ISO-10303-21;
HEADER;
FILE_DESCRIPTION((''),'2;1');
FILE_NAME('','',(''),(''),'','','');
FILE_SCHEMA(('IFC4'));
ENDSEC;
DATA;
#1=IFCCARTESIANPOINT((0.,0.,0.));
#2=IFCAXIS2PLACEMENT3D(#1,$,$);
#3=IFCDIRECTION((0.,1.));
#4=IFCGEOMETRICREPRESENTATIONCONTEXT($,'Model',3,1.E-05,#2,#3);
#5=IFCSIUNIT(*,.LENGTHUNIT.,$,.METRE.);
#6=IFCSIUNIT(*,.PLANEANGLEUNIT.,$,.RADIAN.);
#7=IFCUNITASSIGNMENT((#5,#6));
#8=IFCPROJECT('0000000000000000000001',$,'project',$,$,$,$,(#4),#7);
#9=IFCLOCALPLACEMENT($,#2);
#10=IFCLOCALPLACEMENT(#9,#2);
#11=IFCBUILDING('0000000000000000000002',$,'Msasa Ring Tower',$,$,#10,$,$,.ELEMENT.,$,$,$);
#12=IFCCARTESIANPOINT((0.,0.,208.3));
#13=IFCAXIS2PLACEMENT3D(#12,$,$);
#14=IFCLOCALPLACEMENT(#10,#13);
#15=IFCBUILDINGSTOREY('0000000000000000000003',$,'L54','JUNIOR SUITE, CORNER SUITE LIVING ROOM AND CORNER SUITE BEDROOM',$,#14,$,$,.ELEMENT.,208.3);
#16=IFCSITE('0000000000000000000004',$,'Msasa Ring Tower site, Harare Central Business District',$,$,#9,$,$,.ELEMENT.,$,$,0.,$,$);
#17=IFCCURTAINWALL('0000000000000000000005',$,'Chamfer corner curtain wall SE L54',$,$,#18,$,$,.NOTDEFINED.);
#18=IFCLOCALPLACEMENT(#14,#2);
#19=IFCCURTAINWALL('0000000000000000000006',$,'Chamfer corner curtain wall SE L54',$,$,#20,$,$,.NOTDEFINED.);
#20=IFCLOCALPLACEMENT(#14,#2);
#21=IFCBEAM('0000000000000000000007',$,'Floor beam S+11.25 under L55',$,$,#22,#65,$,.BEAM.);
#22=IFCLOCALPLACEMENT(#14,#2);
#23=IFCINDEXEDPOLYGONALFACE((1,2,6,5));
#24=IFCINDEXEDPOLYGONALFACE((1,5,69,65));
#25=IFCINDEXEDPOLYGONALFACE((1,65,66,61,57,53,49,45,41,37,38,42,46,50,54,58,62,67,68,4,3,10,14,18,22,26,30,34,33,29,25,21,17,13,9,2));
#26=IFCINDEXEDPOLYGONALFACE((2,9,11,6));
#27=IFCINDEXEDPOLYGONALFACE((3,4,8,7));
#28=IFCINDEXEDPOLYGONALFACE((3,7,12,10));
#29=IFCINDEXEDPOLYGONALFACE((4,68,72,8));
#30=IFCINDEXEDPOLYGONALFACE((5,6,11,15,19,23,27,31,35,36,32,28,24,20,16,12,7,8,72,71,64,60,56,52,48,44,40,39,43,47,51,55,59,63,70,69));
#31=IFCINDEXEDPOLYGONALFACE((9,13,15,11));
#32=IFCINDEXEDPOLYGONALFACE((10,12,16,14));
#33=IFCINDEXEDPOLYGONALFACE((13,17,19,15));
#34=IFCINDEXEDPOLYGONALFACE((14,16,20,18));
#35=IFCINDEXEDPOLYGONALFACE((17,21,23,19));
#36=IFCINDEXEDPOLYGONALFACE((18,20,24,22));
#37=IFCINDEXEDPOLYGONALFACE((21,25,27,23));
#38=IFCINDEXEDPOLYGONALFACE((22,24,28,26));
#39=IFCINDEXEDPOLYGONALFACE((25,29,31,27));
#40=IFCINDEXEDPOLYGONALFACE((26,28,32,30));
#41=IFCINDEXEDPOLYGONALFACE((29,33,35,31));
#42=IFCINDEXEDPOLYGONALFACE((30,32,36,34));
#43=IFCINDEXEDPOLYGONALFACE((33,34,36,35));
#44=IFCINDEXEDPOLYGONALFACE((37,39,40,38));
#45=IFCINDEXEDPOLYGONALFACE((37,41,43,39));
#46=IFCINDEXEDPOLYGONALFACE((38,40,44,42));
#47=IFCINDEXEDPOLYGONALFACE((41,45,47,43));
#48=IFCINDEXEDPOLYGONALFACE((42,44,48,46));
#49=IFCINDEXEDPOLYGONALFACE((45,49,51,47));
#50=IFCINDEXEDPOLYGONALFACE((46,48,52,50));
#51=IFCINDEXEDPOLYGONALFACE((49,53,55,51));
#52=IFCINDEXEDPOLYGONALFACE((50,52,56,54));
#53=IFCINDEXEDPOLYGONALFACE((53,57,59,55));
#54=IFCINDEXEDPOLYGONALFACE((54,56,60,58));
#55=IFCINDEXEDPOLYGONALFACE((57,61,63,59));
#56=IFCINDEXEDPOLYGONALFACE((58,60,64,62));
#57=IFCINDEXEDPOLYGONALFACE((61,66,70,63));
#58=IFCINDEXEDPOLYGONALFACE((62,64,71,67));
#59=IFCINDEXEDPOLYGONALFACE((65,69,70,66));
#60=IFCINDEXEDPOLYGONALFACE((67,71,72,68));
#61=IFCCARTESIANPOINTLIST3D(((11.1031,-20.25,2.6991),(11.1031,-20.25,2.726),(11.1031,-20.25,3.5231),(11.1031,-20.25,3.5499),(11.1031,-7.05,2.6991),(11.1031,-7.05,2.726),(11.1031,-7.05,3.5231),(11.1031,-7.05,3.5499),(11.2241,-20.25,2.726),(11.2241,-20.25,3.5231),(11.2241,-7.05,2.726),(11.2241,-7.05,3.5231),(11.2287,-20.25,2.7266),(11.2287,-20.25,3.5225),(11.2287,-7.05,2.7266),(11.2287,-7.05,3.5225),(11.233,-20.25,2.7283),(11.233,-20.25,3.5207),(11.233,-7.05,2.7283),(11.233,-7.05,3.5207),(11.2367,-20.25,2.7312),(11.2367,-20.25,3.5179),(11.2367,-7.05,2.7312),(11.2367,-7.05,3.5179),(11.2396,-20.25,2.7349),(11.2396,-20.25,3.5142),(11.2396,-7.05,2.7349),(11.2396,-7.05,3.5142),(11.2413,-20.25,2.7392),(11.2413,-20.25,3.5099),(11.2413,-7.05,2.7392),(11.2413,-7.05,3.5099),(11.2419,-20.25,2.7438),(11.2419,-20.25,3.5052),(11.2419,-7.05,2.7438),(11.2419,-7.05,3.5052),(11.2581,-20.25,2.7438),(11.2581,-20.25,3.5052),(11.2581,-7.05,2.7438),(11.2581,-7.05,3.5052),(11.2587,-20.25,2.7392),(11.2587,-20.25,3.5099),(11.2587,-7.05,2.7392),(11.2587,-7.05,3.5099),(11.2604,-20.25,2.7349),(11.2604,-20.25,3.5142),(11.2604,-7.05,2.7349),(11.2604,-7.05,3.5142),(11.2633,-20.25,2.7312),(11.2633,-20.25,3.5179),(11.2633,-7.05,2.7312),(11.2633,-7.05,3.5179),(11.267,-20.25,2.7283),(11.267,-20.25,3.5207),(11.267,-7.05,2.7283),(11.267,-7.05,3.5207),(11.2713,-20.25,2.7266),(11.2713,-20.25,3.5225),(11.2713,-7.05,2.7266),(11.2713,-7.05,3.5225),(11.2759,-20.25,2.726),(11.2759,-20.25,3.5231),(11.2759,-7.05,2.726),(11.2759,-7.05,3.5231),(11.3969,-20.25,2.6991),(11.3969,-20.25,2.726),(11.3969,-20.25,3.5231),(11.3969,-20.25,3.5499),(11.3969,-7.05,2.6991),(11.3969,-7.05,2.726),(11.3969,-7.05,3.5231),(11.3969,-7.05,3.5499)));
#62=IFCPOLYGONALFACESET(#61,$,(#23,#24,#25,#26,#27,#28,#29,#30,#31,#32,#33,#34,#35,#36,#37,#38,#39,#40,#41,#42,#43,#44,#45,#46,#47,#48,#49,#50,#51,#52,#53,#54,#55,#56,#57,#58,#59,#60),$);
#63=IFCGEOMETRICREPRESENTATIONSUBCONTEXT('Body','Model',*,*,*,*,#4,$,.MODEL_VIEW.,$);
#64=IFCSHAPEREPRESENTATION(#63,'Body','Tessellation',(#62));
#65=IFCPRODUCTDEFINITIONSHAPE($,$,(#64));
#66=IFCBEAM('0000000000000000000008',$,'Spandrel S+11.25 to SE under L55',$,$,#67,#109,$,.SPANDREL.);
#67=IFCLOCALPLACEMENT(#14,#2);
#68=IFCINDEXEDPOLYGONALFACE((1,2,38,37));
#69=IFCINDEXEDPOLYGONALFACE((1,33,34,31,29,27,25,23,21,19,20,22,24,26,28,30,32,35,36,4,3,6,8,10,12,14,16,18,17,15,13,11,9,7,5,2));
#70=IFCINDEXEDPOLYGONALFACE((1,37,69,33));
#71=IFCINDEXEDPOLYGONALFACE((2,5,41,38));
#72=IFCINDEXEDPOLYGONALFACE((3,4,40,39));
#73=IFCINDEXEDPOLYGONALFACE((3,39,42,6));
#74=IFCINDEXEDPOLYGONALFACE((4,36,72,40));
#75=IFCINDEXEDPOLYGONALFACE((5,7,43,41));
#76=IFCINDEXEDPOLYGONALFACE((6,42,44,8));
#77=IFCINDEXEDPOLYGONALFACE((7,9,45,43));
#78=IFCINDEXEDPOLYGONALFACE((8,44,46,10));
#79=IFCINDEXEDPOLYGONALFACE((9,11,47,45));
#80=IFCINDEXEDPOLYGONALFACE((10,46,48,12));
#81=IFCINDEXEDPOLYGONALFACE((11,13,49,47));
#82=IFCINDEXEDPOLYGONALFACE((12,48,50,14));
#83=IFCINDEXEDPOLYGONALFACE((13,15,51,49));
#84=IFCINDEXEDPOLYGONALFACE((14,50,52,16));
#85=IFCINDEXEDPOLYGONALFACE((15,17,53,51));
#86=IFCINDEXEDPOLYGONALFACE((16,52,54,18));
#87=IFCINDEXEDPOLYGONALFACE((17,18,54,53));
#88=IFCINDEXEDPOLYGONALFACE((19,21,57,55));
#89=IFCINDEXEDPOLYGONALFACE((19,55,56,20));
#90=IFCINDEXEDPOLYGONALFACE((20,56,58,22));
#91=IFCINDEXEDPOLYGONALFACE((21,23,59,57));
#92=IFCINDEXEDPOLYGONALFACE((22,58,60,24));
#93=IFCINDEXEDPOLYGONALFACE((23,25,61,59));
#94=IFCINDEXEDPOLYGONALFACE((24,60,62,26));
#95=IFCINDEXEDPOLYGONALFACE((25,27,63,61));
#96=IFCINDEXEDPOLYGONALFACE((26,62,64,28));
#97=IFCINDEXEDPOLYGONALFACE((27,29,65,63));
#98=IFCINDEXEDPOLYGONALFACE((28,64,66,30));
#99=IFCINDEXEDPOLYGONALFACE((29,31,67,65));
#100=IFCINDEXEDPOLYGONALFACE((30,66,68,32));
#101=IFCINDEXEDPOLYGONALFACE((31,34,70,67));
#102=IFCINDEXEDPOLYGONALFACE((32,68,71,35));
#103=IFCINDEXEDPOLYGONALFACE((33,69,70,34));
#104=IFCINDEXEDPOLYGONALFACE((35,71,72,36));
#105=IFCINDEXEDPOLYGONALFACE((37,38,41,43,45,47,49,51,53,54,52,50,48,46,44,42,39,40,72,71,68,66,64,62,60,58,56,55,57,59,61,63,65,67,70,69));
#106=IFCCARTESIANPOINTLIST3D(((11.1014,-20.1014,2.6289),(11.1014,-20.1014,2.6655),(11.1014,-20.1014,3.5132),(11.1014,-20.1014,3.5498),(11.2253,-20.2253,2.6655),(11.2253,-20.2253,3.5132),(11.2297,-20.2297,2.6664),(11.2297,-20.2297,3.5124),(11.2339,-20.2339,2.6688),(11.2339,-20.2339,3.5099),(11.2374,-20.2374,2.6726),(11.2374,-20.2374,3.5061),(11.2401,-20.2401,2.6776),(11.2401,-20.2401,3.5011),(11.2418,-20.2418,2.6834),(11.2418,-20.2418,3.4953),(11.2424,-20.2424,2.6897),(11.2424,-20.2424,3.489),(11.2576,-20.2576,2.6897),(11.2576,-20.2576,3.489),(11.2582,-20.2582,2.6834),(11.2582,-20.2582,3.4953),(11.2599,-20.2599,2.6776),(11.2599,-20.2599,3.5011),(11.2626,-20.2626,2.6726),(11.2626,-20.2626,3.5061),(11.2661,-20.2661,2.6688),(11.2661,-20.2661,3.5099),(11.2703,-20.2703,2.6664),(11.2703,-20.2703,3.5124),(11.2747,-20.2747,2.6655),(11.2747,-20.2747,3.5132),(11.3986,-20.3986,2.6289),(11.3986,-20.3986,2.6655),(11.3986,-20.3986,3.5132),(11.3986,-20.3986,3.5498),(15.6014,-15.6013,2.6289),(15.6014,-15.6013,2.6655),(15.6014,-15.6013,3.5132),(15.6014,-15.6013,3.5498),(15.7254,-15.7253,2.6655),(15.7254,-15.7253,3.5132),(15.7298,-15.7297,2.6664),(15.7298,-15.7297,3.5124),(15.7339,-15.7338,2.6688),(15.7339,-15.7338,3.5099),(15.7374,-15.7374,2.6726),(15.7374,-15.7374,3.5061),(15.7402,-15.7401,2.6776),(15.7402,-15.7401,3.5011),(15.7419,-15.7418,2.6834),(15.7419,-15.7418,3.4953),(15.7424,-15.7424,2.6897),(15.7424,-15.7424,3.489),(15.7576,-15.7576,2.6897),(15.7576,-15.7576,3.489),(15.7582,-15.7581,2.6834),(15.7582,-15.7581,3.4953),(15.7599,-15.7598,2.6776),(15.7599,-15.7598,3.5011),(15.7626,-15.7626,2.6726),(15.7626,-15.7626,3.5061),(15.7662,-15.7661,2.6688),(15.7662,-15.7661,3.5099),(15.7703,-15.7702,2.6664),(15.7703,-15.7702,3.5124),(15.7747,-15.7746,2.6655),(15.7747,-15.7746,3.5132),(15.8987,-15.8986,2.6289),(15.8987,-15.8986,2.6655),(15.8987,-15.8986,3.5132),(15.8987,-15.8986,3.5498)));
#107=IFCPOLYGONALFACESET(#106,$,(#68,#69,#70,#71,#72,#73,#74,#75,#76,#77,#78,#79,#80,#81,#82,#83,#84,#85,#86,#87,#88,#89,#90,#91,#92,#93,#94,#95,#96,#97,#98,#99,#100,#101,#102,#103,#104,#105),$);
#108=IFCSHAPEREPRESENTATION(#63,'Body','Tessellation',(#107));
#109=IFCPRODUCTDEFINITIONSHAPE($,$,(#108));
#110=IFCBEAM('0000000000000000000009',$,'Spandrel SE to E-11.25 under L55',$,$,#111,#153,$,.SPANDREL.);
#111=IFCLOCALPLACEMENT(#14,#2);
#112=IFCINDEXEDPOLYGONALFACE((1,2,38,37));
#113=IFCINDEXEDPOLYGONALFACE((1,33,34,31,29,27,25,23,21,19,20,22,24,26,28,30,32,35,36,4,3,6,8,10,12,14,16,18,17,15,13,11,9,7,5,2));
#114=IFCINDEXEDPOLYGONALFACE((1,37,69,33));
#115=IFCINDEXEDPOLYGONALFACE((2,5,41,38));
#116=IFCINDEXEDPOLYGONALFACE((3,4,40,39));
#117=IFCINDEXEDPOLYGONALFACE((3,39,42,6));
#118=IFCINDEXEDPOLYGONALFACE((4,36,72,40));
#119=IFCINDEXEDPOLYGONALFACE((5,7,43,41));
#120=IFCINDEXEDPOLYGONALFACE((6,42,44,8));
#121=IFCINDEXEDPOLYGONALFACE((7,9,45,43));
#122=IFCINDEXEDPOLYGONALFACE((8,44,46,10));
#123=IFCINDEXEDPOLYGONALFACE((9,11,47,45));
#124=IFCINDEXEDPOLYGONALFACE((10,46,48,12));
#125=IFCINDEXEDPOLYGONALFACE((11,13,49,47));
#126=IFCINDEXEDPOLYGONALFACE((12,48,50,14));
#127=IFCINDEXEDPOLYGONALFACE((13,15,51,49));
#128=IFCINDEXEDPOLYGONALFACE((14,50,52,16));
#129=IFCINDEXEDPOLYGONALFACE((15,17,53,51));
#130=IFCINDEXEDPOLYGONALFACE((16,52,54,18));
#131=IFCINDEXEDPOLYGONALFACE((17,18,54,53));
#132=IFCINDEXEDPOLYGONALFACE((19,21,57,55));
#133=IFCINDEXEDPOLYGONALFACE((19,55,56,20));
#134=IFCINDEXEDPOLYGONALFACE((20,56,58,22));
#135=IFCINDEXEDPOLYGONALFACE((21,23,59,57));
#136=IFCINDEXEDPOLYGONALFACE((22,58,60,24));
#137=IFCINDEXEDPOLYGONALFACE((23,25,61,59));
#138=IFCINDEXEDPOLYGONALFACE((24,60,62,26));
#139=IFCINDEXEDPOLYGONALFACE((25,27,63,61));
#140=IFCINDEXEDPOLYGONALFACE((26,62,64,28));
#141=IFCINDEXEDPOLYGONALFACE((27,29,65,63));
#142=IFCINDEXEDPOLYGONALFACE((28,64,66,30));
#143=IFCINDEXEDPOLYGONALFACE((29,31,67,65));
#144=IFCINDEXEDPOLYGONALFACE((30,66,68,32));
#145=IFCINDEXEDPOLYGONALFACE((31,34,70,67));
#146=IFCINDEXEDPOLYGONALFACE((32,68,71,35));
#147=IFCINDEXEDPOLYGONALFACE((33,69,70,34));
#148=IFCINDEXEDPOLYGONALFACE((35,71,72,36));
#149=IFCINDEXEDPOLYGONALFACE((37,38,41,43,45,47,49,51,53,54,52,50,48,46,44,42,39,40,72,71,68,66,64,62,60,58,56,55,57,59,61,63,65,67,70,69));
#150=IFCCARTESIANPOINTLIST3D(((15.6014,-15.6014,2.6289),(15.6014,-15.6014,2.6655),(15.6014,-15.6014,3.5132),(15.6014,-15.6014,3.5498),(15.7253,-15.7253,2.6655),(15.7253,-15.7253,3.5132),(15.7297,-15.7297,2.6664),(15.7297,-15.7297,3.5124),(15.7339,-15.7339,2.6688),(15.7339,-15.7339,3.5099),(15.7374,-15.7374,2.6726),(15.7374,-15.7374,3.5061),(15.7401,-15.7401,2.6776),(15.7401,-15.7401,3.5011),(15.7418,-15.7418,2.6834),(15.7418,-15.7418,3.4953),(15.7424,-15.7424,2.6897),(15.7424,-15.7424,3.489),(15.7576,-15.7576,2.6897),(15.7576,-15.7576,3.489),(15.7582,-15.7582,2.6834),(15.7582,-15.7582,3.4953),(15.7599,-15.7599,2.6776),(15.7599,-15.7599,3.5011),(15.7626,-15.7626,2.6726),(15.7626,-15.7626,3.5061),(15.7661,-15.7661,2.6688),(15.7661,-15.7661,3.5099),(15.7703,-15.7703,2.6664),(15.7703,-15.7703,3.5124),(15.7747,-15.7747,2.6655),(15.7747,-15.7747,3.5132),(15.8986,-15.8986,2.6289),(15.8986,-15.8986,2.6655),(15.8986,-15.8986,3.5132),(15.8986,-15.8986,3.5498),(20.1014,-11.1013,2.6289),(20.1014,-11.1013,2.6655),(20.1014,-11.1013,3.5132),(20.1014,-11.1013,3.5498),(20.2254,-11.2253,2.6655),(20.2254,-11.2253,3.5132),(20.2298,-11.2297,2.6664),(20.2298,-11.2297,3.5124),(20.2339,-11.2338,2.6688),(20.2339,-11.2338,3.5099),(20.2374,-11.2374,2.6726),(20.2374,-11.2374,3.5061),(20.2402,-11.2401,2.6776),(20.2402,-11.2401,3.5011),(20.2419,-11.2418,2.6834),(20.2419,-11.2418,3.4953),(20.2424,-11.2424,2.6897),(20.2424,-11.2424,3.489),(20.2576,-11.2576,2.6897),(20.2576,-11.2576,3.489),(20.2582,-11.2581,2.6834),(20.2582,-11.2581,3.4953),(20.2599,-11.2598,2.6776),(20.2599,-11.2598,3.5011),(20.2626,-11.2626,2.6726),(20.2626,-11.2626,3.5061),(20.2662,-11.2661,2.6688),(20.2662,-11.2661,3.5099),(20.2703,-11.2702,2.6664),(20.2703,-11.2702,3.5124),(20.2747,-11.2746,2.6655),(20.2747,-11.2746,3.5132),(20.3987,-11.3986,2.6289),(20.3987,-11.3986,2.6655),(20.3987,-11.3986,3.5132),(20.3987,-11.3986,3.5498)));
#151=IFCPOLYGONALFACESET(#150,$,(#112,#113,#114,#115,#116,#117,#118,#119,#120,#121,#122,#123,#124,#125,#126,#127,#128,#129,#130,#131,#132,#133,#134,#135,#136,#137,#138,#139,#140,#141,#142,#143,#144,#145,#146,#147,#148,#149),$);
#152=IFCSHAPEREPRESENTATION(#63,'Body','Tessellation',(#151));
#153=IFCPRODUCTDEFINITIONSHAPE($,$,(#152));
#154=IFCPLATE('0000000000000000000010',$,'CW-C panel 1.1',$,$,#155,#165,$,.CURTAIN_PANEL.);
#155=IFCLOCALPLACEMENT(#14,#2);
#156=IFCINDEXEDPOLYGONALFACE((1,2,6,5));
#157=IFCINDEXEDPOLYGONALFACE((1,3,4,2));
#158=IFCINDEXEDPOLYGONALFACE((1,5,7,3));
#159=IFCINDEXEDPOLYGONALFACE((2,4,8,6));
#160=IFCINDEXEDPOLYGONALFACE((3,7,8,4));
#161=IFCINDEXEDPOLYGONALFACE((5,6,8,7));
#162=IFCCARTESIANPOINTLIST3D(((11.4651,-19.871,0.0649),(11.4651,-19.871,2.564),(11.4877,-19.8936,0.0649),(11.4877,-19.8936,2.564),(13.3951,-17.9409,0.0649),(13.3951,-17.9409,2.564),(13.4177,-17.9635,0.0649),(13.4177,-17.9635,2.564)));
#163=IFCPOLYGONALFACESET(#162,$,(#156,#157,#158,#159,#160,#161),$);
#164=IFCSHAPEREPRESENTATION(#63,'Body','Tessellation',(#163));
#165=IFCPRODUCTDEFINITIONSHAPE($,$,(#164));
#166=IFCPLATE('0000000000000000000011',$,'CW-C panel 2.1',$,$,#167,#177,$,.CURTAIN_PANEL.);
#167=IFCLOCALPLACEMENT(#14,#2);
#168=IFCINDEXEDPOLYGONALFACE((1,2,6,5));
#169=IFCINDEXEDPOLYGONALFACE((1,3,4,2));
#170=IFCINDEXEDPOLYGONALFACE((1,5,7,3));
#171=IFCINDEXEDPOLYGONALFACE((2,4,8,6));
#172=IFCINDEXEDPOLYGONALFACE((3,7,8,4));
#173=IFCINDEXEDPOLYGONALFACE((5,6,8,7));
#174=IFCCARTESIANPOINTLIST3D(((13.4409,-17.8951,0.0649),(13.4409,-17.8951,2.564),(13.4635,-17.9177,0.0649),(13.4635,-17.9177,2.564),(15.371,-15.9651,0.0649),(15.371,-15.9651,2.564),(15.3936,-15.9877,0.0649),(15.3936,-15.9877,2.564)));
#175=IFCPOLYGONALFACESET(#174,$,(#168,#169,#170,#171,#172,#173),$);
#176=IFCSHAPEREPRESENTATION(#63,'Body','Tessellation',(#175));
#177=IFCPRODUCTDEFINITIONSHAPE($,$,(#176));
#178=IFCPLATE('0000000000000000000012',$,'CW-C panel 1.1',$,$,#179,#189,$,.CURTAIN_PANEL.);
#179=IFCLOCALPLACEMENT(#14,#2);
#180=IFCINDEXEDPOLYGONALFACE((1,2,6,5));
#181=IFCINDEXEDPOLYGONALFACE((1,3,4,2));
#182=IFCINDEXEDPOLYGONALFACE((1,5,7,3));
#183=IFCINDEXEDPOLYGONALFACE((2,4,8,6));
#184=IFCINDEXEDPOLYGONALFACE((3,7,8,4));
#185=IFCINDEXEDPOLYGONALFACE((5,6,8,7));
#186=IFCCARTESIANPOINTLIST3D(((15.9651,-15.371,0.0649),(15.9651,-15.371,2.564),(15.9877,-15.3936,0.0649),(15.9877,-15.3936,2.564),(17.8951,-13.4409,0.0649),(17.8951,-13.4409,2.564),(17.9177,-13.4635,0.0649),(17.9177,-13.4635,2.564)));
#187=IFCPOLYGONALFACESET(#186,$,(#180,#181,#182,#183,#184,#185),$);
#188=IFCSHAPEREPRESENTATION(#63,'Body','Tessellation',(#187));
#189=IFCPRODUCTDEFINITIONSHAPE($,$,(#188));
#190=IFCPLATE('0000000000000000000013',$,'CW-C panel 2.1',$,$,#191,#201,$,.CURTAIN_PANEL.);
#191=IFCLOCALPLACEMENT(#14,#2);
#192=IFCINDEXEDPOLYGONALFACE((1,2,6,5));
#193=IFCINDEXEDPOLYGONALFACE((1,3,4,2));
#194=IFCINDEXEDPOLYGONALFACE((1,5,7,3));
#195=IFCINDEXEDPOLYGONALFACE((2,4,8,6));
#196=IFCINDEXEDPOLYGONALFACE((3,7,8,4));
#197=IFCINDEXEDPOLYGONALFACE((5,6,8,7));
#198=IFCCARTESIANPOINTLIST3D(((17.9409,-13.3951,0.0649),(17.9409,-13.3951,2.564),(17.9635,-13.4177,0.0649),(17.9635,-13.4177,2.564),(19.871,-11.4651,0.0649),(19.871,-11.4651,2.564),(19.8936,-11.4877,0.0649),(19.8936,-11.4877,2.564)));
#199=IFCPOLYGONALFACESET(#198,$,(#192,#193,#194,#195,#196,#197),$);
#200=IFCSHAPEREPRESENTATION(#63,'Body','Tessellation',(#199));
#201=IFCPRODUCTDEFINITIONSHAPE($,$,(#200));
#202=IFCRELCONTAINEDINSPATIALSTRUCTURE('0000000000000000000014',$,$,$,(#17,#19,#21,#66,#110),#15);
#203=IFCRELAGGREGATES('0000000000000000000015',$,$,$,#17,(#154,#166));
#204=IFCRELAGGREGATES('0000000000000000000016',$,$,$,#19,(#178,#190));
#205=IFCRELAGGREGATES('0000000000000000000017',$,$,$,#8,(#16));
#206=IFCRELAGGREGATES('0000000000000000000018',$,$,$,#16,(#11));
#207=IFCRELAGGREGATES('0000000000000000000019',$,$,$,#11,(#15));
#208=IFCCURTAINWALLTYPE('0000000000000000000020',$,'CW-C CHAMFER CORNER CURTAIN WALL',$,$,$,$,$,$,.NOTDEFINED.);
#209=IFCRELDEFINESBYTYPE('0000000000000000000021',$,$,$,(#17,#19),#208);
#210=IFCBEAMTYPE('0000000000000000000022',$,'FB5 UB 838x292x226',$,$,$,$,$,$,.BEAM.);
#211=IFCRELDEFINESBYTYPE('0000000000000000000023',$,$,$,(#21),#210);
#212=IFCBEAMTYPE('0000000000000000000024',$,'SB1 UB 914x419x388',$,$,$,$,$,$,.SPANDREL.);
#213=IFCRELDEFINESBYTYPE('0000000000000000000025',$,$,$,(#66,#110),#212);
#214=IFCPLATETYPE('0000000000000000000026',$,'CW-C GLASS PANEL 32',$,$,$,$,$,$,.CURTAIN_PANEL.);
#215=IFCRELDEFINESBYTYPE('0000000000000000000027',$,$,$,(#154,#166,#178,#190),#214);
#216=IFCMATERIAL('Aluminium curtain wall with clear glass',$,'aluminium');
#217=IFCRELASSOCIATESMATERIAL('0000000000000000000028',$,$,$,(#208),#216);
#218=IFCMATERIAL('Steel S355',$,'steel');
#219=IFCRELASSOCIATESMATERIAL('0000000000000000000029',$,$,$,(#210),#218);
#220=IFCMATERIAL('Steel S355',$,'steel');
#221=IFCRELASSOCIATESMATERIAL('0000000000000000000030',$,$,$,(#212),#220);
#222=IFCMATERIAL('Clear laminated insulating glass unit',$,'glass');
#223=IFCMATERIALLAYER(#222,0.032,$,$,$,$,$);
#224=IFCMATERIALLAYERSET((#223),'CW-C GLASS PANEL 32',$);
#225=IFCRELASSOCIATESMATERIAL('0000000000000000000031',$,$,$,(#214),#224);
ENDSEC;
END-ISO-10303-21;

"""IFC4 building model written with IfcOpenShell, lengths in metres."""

from ifc_helpers import new_model, si_unit, direction, frame, origin, origin_2d, place, context, subcontext, project, spatial, rectangle, i_section, extrude, material, layer, layer_set, material_profile, profile_set, type_object, element, aggregate, save


model = new_model("IFC4")

# Units and contexts
model_context = context("Model", 3, precision=1e-05, world=origin(), true_north=direction((0.0, 1.0)))
body_context = subcontext(model_context, "Body", "Model", "MODEL_VIEW")
ifc_project = project(units=[si_unit("LENGTHUNIT", "METRE"), si_unit("PLANEANGLEUNIT", "RADIAN")], contexts=[model_context])

# Site, building, storey
site_placement = place(None, origin())
site = spatial("IfcSite", under=ifc_project, at=site_placement, Name="Msasa Ring Tower site, Harare Central Business District", CompositionType="ELEMENT", RefElevation=0.0)
building_placement = place(site_placement, origin())
building = spatial("IfcBuilding", under=site, at=building_placement, Name="Msasa Ring Tower", CompositionType="ELEMENT")
storey_placement = place(building_placement, frame((0.0, 0.0, 208.3)))
storey = spatial("IfcBuildingStorey", under=building, at=storey_placement, Name="L54", Description="JUNIOR SUITE, CORNER SUITE LIVING ROOM AND CORNER SUITE BEDROOM", CompositionType="ELEMENT", Elevation=208.3)

# Curtain walls
ifc_material_1 = material(Name="Aluminium curtain wall with clear glass", Category="aluminium")
curtain_wall_type = type_object("IfcCurtainWallType", Name="CW-C CHAMFER CORNER CURTAIN WALL", PredefinedType="NOTDEFINED", material=ifc_material_1)
curtain_wall_1_placement = place(storey_placement, origin())
curtain_wall_1 = element("IfcCurtainWall", 1, at=curtain_wall_1_placement, inside=storey, type_object=curtain_wall_type, Name="Chamfer corner curtain wall SE L54", PredefinedType="NOTDEFINED")
curtain_wall_2_placement = place(storey_placement, origin())
curtain_wall_2 = element("IfcCurtainWall", 2, at=curtain_wall_2_placement, inside=storey, type_object=curtain_wall_type, Name="Chamfer corner curtain wall SE L54", PredefinedType="NOTDEFINED")

# Beams
ifc_material_2 = material(Name="Steel S355", Category="steel")
ifc_material_profile_1 = material_profile(ifc_material_2, i_section(OverallWidth=0.2937, OverallDepth=0.8508, WebThickness=0.0161, FlangeThickness=0.0269, FilletRadius=0.0178, at=origin_2d()), Name="UB 838x292x226")
ifc_profile_set_1 = profile_set([ifc_material_profile_1], Name="Steel S355")
beam_type_1 = type_object("IfcBeamType", Name="FB5 UB 838x292x226", PredefinedType="BEAM", material=ifc_profile_set_1)
beam_placement = place(storey_placement, frame((11.25, -20.25, 3.1245), z_axis=(0.0, 1.0, 0.0), x_axis=(-1.0, 0.0, 0.0)))
element("IfcBeam", 3, at=beam_placement, inside=storey, type_object=beam_type_1, Name="Floor beam S+11.25 under L55", PredefinedType="BEAM", context=body_context, shape_type="SweptSolid", body=[
    extrude(i_section(OverallWidth=0.2937, OverallDepth=0.8508, WebThickness=0.0161, FlangeThickness=0.0269, FilletRadius=0.0178, at=origin_2d()), origin(), (0.0, 0.0, 1.0), 13.2),
])
ifc_material_3 = material(Name="Steel S355", Category="steel")
ifc_material_profile_2 = material_profile(ifc_material_3, i_section(OverallWidth=0.4204, OverallDepth=0.9209, WebThickness=0.0215, FlangeThickness=0.0366, FilletRadius=0.0242, at=origin_2d()), Name="UB 914x419x388")
ifc_profile_set_2 = profile_set([ifc_material_profile_2], Name="Steel S355")
beam_type_2 = type_object("IfcBeamType", Name="SB1 UB 914x419x388", PredefinedType="SPANDREL", material=ifc_profile_set_2)
for number, where, z_axis, x_axis, name in (
    (4, (11.25, -20.25, 3.0894), (0.707107, 0.707107, 0.0), (-0.707107, 0.707107, 0.0), "Spandrel S+11.25 to SE under L55"),
    (5, (15.75, -15.75, 3.0894), (0.707107, 0.707107, 0.0), (-0.707107, 0.707107, 0.0), "Spandrel SE to E-11.25 under L55"),
):
    element("IfcBeam", number, at=place(storey_placement, frame(where, z_axis=z_axis, x_axis=x_axis)), inside=storey, type_object=beam_type_2, Name=name, PredefinedType="SPANDREL", context=body_context, shape_type="SweptSolid", body=[
        extrude(i_section(OverallWidth=0.4204, OverallDepth=0.9209, WebThickness=0.0215, FlangeThickness=0.0366, FilletRadius=0.0242, at=origin_2d()), origin(), (0.0, 0.0, 1.0), 6.364),
    ])

# Plates
ifc_material_4 = material(Name="Clear laminated insulating glass unit", Category="glass")
ifc_layer_1 = layer(ifc_material_4, 0.032)
ifc_layer_set_1 = layer_set([ifc_layer_1], Name="CW-C GLASS PANEL 32")
plate_type = type_object("IfcPlateType", Name="CW-C GLASS PANEL 32", PredefinedType="CURTAIN_PANEL", material=ifc_layer_set_1)
plate_1_placement = place(storey_placement, frame((12.4414, -18.9172, 0.0649), z_axis=(0.0, 0.0, 1.0), x_axis=(0.707107, 0.707107, 0.0)))
plate_1 = element("IfcPlate", 6, at=plate_1_placement, type_object=plate_type, Name="CW-C panel 1.1", PredefinedType="CURTAIN_PANEL", context=body_context, shape_type="SweptSolid", body=[
    extrude(rectangle(XDim=2.7295, YDim=0.032, at=origin_2d()), origin(), (0.0, 0.0, 1.0), 2.499),
])
plate_2_placement = place(storey_placement, frame((14.4172, -16.9414, 0.0649), z_axis=(0.0, 0.0, 1.0), x_axis=(0.707107, 0.707107, 0.0)))
plate_2 = element("IfcPlate", 7, at=plate_2_placement, type_object=plate_type, Name="CW-C panel 2.1", PredefinedType="CURTAIN_PANEL", context=body_context, shape_type="SweptSolid", body=[
    extrude(rectangle(XDim=2.7295, YDim=0.032, at=origin_2d()), origin(), (0.0, 0.0, 1.0), 2.499),
])
aggregate(curtain_wall_1, [plate_1, plate_2])
plate_3_placement = place(storey_placement, frame((16.9414, -14.4172, 0.0649), z_axis=(0.0, 0.0, 1.0), x_axis=(0.707107, 0.707107, 0.0)))
plate_3 = element("IfcPlate", 8, at=plate_3_placement, type_object=plate_type, Name="CW-C panel 1.1", PredefinedType="CURTAIN_PANEL", context=body_context, shape_type="SweptSolid", body=[
    extrude(rectangle(XDim=2.7295, YDim=0.032, at=origin_2d()), origin(), (0.0, 0.0, 1.0), 2.499),
])
plate_4_placement = place(storey_placement, frame((18.9172, -12.4414, 0.0649), z_axis=(0.0, 0.0, 1.0), x_axis=(0.707107, 0.707107, 0.0)))
plate_4 = element("IfcPlate", 9, at=plate_4_placement, type_object=plate_type, Name="CW-C panel 2.1", PredefinedType="CURTAIN_PANEL", context=body_context, shape_type="SweptSolid", body=[
    extrude(rectangle(XDim=2.7295, YDim=0.032, at=origin_2d()), origin(), (0.0, 0.0, 1.0), 2.499),
])
aggregate(curtain_wall_2, [plate_3, plate_4])

save(model, "model.ifc")
